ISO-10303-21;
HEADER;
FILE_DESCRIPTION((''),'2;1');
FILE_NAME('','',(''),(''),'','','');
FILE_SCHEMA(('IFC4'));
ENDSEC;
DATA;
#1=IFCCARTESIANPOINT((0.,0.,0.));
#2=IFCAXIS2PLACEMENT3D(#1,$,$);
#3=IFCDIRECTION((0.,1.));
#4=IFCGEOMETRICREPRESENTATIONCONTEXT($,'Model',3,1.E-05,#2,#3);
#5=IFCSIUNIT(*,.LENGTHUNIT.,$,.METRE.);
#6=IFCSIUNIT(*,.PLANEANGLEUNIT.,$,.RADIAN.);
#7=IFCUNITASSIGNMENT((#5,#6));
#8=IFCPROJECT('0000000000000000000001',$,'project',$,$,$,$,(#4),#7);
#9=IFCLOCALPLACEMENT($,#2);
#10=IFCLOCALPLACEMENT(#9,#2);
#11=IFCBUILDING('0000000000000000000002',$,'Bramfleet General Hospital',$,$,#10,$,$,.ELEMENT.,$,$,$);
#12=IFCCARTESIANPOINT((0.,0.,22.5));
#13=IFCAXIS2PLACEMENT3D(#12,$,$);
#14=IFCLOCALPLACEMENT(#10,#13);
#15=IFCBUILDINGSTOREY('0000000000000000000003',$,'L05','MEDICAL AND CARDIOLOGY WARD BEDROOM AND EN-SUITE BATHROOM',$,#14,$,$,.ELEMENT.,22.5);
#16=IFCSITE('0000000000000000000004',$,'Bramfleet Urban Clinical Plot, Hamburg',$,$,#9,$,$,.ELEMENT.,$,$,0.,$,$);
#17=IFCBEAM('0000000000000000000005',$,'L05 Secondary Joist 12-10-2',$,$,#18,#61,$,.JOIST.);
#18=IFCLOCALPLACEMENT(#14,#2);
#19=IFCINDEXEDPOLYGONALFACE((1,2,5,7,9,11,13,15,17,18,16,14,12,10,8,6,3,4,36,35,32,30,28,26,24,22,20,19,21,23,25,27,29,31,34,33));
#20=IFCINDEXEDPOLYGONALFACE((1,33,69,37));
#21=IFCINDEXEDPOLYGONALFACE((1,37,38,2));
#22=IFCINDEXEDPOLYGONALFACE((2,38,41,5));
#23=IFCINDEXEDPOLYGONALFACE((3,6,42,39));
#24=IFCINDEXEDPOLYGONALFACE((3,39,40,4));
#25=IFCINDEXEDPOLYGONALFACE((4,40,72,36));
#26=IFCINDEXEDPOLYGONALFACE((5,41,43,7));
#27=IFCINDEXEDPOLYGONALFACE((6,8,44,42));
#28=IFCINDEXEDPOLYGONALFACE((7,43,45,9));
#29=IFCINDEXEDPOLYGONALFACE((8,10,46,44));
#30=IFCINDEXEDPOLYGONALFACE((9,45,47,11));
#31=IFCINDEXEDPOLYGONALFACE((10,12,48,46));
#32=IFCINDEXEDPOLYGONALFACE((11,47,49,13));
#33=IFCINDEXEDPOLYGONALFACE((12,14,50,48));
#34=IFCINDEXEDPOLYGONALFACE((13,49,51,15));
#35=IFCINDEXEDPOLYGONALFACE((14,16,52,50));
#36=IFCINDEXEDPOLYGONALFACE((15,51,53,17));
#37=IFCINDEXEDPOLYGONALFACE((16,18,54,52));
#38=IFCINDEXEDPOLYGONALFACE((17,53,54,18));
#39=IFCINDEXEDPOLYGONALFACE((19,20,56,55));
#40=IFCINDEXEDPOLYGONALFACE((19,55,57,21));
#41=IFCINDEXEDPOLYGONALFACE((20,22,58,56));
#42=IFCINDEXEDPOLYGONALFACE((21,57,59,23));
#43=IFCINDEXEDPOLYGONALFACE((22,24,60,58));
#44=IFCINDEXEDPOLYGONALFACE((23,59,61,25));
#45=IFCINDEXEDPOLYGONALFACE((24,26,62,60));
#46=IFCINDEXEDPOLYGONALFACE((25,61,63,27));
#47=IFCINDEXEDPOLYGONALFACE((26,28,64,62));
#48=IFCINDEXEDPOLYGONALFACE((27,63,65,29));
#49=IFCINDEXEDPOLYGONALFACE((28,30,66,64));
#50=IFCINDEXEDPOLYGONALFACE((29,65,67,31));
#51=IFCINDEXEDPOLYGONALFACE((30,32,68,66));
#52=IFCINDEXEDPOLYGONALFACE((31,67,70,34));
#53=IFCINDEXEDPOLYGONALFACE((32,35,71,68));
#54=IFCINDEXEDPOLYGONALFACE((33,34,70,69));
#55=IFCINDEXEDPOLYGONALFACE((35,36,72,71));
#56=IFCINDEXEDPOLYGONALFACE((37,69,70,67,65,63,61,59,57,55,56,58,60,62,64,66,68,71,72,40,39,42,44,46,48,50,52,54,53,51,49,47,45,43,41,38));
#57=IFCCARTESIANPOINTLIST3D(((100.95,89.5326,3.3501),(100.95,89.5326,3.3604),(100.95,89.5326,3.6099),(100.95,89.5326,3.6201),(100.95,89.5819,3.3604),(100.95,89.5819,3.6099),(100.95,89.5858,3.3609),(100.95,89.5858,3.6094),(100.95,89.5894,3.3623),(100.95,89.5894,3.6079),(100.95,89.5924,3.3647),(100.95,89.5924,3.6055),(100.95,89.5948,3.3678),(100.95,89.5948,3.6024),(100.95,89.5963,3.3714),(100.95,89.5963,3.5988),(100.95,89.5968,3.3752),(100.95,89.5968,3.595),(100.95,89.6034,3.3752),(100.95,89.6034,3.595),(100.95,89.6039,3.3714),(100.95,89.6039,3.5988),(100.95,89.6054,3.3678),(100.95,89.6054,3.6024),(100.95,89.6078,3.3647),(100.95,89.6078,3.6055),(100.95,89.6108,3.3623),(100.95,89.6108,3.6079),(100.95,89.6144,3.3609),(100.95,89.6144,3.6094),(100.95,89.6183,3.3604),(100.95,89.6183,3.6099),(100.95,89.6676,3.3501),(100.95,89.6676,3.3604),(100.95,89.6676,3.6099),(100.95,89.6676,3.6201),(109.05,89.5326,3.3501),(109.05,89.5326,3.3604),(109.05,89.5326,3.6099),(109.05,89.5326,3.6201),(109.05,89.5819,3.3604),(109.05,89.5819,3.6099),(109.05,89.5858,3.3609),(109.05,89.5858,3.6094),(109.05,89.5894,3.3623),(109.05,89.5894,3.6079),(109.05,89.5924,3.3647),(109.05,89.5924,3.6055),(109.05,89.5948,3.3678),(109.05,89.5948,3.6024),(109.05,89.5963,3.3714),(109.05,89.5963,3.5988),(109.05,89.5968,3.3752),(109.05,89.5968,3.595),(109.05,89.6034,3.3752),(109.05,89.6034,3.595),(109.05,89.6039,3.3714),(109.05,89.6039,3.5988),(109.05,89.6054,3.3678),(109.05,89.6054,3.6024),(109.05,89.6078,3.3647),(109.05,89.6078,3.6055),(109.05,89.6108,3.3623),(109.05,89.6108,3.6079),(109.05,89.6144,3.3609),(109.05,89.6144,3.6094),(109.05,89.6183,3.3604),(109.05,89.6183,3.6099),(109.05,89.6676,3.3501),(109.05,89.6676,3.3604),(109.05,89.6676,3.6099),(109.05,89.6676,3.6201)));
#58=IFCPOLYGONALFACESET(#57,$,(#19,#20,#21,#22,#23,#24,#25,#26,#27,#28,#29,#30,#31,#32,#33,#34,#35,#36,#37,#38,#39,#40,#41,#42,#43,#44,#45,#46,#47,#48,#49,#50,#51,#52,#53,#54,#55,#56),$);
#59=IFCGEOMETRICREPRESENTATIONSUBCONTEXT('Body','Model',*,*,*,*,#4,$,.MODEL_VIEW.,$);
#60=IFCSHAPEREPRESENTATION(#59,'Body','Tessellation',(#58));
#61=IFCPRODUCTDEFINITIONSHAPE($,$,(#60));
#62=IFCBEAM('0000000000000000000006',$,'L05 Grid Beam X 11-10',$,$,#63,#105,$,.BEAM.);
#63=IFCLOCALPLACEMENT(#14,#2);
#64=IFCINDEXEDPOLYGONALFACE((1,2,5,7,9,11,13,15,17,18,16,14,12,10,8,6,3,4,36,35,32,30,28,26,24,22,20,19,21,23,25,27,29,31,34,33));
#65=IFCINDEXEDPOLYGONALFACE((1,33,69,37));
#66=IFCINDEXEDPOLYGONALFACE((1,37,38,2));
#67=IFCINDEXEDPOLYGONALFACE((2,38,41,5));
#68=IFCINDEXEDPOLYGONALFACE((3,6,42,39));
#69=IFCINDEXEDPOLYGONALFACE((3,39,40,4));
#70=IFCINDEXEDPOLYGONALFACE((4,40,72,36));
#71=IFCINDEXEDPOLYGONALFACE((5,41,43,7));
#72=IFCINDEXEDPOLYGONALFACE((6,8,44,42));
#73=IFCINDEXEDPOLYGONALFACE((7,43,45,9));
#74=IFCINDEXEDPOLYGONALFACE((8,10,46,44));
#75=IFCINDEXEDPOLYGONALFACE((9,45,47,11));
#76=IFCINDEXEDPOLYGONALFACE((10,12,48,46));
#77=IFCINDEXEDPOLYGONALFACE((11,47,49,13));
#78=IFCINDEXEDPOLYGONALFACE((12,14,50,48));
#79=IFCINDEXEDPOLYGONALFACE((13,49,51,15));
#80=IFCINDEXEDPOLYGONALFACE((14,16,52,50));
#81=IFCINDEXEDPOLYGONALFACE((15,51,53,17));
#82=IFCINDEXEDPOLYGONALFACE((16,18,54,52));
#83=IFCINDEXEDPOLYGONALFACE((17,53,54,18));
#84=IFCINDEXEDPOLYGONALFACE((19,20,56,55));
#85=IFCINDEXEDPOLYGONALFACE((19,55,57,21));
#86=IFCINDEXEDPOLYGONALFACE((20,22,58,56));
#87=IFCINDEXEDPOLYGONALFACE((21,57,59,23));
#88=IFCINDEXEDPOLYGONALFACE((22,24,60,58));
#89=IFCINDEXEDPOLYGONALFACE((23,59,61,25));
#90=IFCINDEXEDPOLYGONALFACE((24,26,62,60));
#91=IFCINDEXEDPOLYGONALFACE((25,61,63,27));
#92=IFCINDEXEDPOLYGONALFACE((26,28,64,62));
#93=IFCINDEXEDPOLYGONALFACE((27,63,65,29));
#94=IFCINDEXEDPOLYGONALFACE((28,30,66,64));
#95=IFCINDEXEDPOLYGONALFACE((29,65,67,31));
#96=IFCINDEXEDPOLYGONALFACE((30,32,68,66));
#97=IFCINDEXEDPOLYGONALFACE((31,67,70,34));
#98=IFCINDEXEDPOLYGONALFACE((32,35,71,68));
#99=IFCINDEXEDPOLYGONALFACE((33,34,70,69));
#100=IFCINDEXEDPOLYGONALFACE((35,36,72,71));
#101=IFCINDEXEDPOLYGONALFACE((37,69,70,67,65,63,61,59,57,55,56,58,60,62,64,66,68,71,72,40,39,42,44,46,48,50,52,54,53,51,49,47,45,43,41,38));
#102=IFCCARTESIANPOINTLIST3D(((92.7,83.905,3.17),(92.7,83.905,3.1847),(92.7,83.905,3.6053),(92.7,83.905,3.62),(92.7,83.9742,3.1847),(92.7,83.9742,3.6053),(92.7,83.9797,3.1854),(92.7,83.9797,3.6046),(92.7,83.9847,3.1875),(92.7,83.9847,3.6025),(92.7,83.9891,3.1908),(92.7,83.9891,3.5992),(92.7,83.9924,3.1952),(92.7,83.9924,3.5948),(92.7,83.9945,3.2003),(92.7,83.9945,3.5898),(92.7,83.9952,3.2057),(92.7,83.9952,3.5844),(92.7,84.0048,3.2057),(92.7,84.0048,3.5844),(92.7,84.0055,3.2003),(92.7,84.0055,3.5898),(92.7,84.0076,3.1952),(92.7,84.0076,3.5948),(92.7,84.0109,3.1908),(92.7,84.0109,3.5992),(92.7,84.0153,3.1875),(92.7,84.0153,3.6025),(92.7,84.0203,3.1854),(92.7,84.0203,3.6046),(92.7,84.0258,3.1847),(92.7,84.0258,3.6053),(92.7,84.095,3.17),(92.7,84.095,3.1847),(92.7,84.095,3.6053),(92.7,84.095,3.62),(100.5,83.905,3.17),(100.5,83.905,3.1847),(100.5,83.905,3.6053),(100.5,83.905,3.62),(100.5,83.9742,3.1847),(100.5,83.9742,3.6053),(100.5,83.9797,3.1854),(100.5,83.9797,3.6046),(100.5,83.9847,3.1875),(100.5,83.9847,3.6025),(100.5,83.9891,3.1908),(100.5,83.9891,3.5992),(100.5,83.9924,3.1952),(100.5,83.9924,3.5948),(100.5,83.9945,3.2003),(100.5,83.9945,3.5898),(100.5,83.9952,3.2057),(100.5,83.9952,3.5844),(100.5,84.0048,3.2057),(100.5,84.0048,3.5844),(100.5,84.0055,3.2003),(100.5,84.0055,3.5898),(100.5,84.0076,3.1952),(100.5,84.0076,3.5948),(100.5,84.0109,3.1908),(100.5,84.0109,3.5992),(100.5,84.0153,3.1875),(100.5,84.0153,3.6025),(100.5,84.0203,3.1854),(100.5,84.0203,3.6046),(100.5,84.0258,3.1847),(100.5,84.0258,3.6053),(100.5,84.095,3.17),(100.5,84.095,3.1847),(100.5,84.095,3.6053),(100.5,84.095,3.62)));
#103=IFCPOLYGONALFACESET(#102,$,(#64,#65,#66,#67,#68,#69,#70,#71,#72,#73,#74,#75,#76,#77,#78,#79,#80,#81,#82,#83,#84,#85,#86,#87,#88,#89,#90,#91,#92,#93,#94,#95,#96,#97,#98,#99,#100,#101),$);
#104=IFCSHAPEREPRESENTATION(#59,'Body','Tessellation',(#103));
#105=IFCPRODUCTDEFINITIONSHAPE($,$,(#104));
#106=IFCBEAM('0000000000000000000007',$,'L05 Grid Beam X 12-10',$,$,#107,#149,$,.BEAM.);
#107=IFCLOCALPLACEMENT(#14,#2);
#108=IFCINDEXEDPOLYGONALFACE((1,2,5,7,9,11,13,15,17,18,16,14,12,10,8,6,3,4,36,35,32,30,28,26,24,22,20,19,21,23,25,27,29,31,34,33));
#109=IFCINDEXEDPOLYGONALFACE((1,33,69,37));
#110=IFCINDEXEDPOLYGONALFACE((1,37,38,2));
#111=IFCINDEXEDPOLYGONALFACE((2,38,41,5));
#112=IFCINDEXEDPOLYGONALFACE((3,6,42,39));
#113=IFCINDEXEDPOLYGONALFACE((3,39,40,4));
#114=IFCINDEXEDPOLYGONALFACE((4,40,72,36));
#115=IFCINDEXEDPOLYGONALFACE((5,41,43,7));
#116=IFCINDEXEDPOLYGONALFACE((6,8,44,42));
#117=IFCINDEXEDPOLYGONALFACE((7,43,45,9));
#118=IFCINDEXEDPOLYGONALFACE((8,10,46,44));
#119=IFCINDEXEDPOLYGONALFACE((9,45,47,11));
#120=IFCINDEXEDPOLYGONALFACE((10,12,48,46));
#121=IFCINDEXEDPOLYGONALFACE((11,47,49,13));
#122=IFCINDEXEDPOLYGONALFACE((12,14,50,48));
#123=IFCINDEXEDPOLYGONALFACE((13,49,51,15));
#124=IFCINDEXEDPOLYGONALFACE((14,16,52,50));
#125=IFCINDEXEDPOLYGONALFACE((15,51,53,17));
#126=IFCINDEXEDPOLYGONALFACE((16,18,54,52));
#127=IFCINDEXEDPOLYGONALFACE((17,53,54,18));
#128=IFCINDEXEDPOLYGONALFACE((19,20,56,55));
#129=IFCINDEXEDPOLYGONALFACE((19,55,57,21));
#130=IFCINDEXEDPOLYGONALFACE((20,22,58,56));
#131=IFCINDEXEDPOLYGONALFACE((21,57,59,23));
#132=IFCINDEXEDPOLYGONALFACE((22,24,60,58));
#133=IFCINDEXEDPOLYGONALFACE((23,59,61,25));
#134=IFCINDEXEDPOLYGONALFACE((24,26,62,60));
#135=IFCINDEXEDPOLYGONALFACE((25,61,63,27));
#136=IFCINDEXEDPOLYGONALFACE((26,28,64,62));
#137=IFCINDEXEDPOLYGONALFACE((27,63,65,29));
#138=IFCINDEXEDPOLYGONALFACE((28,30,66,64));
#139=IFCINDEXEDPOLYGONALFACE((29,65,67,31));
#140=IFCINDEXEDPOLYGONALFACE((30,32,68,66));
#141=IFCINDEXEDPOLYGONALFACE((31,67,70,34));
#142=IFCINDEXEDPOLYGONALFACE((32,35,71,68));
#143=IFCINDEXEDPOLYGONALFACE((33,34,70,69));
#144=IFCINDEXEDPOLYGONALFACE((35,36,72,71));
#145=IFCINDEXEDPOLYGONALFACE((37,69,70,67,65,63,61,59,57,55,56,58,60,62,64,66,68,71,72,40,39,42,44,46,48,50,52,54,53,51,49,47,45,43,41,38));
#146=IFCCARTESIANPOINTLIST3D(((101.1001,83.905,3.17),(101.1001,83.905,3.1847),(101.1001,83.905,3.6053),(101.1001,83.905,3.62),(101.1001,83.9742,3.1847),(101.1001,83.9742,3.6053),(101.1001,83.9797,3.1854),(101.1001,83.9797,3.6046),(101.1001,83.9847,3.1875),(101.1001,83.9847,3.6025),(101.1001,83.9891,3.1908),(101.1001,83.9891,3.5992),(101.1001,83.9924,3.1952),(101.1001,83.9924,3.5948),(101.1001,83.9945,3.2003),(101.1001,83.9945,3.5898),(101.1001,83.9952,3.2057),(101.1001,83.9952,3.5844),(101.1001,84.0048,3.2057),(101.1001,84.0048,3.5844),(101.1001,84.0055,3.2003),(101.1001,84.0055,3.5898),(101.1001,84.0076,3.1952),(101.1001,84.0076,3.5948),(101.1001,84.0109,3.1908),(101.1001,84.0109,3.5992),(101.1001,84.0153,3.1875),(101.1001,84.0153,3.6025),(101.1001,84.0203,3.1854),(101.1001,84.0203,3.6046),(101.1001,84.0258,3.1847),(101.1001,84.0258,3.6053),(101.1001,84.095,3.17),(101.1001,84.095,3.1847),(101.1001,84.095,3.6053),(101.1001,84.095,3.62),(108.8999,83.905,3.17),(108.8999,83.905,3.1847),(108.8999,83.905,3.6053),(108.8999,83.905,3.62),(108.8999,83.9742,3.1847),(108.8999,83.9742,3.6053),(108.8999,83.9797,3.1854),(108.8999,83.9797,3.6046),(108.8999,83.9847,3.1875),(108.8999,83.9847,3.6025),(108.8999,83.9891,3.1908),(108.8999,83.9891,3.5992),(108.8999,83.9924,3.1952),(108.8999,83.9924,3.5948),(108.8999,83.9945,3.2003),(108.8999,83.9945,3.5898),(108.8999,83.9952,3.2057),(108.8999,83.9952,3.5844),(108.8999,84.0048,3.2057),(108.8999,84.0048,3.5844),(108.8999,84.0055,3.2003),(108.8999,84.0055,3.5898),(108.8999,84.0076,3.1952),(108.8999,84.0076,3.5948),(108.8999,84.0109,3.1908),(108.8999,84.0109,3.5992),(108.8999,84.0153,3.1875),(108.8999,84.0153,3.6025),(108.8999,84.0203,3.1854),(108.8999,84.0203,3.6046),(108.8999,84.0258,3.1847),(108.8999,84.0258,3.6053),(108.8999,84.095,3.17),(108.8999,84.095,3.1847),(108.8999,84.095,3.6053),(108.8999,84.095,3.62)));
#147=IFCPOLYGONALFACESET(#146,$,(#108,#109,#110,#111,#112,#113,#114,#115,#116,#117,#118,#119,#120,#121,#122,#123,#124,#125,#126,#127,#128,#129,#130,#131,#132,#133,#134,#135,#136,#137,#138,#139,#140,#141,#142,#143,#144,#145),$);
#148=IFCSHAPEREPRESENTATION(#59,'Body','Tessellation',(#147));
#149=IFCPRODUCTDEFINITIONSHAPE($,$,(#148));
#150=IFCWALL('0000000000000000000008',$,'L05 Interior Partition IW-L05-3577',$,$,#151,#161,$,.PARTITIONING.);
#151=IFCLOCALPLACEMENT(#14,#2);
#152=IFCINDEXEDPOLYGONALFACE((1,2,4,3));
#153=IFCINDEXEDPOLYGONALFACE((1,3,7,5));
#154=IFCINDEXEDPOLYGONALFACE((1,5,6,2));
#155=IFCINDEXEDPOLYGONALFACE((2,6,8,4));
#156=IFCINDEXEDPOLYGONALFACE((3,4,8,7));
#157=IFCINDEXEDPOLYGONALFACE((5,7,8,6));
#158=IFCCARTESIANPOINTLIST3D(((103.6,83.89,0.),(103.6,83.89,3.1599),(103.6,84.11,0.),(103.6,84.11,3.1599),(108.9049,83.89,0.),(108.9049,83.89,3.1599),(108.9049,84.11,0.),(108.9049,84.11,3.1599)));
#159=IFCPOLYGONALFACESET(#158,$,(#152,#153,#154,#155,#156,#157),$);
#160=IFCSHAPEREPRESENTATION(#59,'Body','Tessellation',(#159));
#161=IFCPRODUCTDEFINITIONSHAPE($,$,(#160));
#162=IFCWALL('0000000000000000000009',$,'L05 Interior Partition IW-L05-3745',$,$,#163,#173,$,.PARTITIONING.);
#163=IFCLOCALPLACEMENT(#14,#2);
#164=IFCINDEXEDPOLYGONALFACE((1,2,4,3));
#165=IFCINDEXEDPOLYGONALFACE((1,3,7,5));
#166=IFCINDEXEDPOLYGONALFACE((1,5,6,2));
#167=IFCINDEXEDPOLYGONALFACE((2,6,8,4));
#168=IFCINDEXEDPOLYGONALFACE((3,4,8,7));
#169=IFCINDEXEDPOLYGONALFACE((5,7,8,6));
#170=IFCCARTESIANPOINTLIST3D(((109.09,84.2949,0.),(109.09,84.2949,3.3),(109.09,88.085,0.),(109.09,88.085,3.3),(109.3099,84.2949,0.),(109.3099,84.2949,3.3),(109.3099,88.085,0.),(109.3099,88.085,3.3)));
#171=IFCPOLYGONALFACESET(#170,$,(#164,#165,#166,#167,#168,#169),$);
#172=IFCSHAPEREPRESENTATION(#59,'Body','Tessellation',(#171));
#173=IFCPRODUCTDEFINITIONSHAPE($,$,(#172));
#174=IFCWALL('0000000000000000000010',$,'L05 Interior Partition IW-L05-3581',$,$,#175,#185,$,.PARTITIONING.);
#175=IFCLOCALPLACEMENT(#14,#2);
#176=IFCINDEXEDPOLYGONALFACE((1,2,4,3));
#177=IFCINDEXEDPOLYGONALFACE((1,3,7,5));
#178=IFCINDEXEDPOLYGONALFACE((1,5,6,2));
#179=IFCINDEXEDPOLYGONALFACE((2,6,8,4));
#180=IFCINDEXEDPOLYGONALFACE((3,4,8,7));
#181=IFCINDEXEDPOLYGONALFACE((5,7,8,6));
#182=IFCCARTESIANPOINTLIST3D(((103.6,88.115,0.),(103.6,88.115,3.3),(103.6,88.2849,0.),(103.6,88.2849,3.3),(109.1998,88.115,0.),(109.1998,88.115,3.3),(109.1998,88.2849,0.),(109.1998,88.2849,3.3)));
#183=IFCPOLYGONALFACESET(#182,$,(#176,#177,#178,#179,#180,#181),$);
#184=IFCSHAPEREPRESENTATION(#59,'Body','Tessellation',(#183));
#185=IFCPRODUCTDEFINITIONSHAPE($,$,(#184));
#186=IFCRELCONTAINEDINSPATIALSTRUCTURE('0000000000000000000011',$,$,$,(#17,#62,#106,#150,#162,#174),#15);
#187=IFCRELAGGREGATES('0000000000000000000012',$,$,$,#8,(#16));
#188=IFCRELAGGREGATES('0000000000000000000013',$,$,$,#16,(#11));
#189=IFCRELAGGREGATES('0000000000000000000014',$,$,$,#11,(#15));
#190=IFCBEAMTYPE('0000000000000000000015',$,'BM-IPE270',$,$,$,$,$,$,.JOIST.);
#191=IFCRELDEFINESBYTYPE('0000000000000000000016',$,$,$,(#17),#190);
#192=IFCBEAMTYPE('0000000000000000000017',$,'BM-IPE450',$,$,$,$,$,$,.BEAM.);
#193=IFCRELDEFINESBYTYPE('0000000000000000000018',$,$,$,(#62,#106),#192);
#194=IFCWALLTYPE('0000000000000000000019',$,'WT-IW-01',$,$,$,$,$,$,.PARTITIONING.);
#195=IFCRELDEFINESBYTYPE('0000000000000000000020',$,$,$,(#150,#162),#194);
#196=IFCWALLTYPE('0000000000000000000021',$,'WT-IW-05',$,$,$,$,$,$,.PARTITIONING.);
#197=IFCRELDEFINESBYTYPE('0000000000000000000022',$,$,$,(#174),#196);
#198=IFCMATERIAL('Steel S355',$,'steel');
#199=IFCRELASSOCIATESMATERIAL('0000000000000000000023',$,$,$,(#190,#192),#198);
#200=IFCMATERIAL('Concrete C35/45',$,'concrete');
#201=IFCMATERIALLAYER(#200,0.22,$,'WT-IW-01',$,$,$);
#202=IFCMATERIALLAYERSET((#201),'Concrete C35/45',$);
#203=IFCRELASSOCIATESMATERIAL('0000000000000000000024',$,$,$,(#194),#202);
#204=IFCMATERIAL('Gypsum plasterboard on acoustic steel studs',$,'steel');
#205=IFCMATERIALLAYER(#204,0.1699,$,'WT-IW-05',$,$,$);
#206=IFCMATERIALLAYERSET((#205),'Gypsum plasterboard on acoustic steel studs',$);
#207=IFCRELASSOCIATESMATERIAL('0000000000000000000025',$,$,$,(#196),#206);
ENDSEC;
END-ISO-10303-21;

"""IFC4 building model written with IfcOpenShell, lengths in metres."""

from ifc_helpers import new_model, si_unit, direction, frame, frame_2d, origin, origin_2d, place, context, subcontext, project, spatial, rectangle, i_section, extrude, material, layer, layer_set, material_profile, profile_set, type_object, element, save


model = new_model("IFC4")

# Units and contexts
model_context = context("Model", 3, precision=1e-05, world=origin(), true_north=direction((0.0, 1.0)))
body_context = subcontext(model_context, "Body", "Model", "MODEL_VIEW")
ifc_project = project(units=[si_unit("LENGTHUNIT", "METRE"), si_unit("PLANEANGLEUNIT", "RADIAN")], contexts=[model_context])

# Site, building, storey
site_placement = place(None, origin())
site = spatial("IfcSite", under=ifc_project, at=site_placement, Name="Bramfleet Urban Clinical Plot, Hamburg", CompositionType="ELEMENT", RefElevation=0.0)
building_placement = place(site_placement, origin())
building = spatial("IfcBuilding", under=site, at=building_placement, Name="Bramfleet General Hospital", CompositionType="ELEMENT")
storey_placement = place(building_placement, frame((0.0, 0.0, 22.5)))
storey = spatial("IfcBuildingStorey", under=building, at=storey_placement, Name="L05", Description="MEDICAL AND CARDIOLOGY WARD BEDROOM AND EN-SUITE BATHROOM", CompositionType="ELEMENT", Elevation=22.5)

# Beams
ifc_material_1 = material(Name="Steel S355", Category="steel")
ifc_material_profile_1 = material_profile(ifc_material_1, i_section(OverallWidth=0.135, OverallDepth=0.27, WebThickness=0.0066, FlangeThickness=0.0103, FilletRadius=0.0149, at=origin_2d()), Name="IPE 270")
ifc_profile_set_1 = profile_set([ifc_material_profile_1], Name="Steel S355")
beam_type_1 = type_object("IfcBeamType", Name="BM-IPE270", PredefinedType="JOIST", material=ifc_profile_set_1)
for number, where, z_axis, x_axis, name in (
    (1, (100.95, 89.6001, 3.4851), (1.0, 0.0, 0.0), (0.0, 1.0, 0.0), "L05 Secondary Joist 12-10-2"),
):
    element("IfcBeam", number, at=place(storey_placement, frame(where, z_axis=z_axis, x_axis=x_axis)), inside=storey, type_object=beam_type_1, Name=name, PredefinedType="JOIST", context=body_context, shape_type="SweptSolid", body=[
        extrude(i_section(OverallWidth=0.135, OverallDepth=0.27, WebThickness=0.0066, FlangeThickness=0.0103, FilletRadius=0.0149, at=origin_2d()), origin(), (0.0, 0.0, 1.0), 8.1001),
    ])
ifc_material_profile_2 = material_profile(ifc_material_1, i_section(OverallWidth=0.1899, OverallDepth=0.45, WebThickness=0.0095, FlangeThickness=0.0146, FilletRadius=0.021, at=origin_2d()), Name="IPE 450")
ifc_profile_set_2 = profile_set([ifc_material_profile_2], Name="Steel S355")
beam_type_2 = type_object("IfcBeamType", Name="BM-IPE450", PredefinedType="BEAM", material=ifc_profile_set_2)
beam_1_placement = place(storey_placement, frame((92.7, 84.0, 3.395), z_axis=(1.0, 0.0, 0.0), x_axis=(0.0, 1.0, 0.0)))
element("IfcBeam", 2, at=beam_1_placement, inside=storey, type_object=beam_type_2, Name="L05 Grid Beam X 11-10", PredefinedType="BEAM", context=body_context, shape_type="SweptSolid", body=[
    extrude(i_section(OverallWidth=0.1899, OverallDepth=0.45, WebThickness=0.0095, FlangeThickness=0.0146, FilletRadius=0.021, at=origin_2d()), origin(), (0.0, 0.0, 1.0), 7.8),
])
beam_2_placement = place(storey_placement, frame((101.1001, 84.0, 3.395), z_axis=(1.0, 0.0, 0.0), x_axis=(0.0, 1.0, 0.0)))
element("IfcBeam", 3, at=beam_2_placement, inside=storey, type_object=beam_type_2, Name="L05 Grid Beam X 12-10", PredefinedType="BEAM", context=body_context, shape_type="SweptSolid", body=[
    extrude(i_section(OverallWidth=0.1899, OverallDepth=0.45, WebThickness=0.0095, FlangeThickness=0.0146, FilletRadius=0.021, at=origin_2d()), origin(), (0.0, 0.0, 1.0), 7.7998),
])

# Wall
ifc_material_2 = material(Name="Concrete C35/45", Category="concrete")
ifc_layer_1 = layer(ifc_material_2, 0.22, Name="WT-IW-01")
ifc_layer_set_1 = layer_set([ifc_layer_1], Name="Concrete C35/45")
wall_type_1 = type_object("IfcWallType", Name="WT-IW-01", PredefinedType="PARTITIONING", material=ifc_layer_set_1)
wall_1_placement = place(storey_placement, frame((103.6001, 84.0, 0.0), z_axis=(0.0, 0.0, 1.0), x_axis=(1.0, 0.0, 0.0)))
element("IfcWall", 4, at=wall_1_placement, inside=storey, type_object=wall_type_1, Name="L05 Interior Partition IW-L05-3577", PredefinedType="PARTITIONING", context=body_context, shape_type="SweptSolid", body=[
    extrude(rectangle(XDim=5.3049, YDim=0.22, at=frame_2d((2.6523, 0.0))), origin(), (0.0, 0.0, 1.0), 3.1599),
])

# Walls
wall_2_placement = place(storey_placement, frame((109.2, 84.2949, 0.0), z_axis=(0.0, 0.0, 1.0), x_axis=(0.0, 1.0, 0.0)))
element("IfcWall", 5, at=wall_2_placement, inside=storey, type_object=wall_type_1, Name="L05 Interior Partition IW-L05-3745", PredefinedType="PARTITIONING", context=body_context, shape_type="SweptSolid", body=[
    extrude(rectangle(XDim=3.79, YDim=0.22, at=frame_2d((1.895, 0.0))), origin(), (0.0, 0.0, 1.0), 3.3),
])
ifc_material_3 = material(Name="Gypsum plasterboard on acoustic steel studs", Category="steel")
ifc_layer_2 = layer(ifc_material_3, 0.1699, Name="WT-IW-05")
ifc_layer_set_2 = layer_set([ifc_layer_2], Name="Gypsum plasterboard on acoustic steel studs")
wall_type_2 = type_object("IfcWallType", Name="WT-IW-05", PredefinedType="PARTITIONING", material=ifc_layer_set_2)
wall_3_placement = place(storey_placement, frame((103.6001, 88.2, 0.0), z_axis=(0.0, 0.0, 1.0), x_axis=(1.0, 0.0, 0.0)))
element("IfcWall", 6, at=wall_3_placement, inside=storey, type_object=wall_type_2, Name="L05 Interior Partition IW-L05-3581", PredefinedType="PARTITIONING", context=body_context, shape_type="SweptSolid", body=[
    extrude(rectangle(XDim=5.5999, YDim=0.1699, at=frame_2d((2.7998, 0.0))), origin(), (0.0, 0.0, 1.0), 3.3),
])

save(model, "model.ifc")
